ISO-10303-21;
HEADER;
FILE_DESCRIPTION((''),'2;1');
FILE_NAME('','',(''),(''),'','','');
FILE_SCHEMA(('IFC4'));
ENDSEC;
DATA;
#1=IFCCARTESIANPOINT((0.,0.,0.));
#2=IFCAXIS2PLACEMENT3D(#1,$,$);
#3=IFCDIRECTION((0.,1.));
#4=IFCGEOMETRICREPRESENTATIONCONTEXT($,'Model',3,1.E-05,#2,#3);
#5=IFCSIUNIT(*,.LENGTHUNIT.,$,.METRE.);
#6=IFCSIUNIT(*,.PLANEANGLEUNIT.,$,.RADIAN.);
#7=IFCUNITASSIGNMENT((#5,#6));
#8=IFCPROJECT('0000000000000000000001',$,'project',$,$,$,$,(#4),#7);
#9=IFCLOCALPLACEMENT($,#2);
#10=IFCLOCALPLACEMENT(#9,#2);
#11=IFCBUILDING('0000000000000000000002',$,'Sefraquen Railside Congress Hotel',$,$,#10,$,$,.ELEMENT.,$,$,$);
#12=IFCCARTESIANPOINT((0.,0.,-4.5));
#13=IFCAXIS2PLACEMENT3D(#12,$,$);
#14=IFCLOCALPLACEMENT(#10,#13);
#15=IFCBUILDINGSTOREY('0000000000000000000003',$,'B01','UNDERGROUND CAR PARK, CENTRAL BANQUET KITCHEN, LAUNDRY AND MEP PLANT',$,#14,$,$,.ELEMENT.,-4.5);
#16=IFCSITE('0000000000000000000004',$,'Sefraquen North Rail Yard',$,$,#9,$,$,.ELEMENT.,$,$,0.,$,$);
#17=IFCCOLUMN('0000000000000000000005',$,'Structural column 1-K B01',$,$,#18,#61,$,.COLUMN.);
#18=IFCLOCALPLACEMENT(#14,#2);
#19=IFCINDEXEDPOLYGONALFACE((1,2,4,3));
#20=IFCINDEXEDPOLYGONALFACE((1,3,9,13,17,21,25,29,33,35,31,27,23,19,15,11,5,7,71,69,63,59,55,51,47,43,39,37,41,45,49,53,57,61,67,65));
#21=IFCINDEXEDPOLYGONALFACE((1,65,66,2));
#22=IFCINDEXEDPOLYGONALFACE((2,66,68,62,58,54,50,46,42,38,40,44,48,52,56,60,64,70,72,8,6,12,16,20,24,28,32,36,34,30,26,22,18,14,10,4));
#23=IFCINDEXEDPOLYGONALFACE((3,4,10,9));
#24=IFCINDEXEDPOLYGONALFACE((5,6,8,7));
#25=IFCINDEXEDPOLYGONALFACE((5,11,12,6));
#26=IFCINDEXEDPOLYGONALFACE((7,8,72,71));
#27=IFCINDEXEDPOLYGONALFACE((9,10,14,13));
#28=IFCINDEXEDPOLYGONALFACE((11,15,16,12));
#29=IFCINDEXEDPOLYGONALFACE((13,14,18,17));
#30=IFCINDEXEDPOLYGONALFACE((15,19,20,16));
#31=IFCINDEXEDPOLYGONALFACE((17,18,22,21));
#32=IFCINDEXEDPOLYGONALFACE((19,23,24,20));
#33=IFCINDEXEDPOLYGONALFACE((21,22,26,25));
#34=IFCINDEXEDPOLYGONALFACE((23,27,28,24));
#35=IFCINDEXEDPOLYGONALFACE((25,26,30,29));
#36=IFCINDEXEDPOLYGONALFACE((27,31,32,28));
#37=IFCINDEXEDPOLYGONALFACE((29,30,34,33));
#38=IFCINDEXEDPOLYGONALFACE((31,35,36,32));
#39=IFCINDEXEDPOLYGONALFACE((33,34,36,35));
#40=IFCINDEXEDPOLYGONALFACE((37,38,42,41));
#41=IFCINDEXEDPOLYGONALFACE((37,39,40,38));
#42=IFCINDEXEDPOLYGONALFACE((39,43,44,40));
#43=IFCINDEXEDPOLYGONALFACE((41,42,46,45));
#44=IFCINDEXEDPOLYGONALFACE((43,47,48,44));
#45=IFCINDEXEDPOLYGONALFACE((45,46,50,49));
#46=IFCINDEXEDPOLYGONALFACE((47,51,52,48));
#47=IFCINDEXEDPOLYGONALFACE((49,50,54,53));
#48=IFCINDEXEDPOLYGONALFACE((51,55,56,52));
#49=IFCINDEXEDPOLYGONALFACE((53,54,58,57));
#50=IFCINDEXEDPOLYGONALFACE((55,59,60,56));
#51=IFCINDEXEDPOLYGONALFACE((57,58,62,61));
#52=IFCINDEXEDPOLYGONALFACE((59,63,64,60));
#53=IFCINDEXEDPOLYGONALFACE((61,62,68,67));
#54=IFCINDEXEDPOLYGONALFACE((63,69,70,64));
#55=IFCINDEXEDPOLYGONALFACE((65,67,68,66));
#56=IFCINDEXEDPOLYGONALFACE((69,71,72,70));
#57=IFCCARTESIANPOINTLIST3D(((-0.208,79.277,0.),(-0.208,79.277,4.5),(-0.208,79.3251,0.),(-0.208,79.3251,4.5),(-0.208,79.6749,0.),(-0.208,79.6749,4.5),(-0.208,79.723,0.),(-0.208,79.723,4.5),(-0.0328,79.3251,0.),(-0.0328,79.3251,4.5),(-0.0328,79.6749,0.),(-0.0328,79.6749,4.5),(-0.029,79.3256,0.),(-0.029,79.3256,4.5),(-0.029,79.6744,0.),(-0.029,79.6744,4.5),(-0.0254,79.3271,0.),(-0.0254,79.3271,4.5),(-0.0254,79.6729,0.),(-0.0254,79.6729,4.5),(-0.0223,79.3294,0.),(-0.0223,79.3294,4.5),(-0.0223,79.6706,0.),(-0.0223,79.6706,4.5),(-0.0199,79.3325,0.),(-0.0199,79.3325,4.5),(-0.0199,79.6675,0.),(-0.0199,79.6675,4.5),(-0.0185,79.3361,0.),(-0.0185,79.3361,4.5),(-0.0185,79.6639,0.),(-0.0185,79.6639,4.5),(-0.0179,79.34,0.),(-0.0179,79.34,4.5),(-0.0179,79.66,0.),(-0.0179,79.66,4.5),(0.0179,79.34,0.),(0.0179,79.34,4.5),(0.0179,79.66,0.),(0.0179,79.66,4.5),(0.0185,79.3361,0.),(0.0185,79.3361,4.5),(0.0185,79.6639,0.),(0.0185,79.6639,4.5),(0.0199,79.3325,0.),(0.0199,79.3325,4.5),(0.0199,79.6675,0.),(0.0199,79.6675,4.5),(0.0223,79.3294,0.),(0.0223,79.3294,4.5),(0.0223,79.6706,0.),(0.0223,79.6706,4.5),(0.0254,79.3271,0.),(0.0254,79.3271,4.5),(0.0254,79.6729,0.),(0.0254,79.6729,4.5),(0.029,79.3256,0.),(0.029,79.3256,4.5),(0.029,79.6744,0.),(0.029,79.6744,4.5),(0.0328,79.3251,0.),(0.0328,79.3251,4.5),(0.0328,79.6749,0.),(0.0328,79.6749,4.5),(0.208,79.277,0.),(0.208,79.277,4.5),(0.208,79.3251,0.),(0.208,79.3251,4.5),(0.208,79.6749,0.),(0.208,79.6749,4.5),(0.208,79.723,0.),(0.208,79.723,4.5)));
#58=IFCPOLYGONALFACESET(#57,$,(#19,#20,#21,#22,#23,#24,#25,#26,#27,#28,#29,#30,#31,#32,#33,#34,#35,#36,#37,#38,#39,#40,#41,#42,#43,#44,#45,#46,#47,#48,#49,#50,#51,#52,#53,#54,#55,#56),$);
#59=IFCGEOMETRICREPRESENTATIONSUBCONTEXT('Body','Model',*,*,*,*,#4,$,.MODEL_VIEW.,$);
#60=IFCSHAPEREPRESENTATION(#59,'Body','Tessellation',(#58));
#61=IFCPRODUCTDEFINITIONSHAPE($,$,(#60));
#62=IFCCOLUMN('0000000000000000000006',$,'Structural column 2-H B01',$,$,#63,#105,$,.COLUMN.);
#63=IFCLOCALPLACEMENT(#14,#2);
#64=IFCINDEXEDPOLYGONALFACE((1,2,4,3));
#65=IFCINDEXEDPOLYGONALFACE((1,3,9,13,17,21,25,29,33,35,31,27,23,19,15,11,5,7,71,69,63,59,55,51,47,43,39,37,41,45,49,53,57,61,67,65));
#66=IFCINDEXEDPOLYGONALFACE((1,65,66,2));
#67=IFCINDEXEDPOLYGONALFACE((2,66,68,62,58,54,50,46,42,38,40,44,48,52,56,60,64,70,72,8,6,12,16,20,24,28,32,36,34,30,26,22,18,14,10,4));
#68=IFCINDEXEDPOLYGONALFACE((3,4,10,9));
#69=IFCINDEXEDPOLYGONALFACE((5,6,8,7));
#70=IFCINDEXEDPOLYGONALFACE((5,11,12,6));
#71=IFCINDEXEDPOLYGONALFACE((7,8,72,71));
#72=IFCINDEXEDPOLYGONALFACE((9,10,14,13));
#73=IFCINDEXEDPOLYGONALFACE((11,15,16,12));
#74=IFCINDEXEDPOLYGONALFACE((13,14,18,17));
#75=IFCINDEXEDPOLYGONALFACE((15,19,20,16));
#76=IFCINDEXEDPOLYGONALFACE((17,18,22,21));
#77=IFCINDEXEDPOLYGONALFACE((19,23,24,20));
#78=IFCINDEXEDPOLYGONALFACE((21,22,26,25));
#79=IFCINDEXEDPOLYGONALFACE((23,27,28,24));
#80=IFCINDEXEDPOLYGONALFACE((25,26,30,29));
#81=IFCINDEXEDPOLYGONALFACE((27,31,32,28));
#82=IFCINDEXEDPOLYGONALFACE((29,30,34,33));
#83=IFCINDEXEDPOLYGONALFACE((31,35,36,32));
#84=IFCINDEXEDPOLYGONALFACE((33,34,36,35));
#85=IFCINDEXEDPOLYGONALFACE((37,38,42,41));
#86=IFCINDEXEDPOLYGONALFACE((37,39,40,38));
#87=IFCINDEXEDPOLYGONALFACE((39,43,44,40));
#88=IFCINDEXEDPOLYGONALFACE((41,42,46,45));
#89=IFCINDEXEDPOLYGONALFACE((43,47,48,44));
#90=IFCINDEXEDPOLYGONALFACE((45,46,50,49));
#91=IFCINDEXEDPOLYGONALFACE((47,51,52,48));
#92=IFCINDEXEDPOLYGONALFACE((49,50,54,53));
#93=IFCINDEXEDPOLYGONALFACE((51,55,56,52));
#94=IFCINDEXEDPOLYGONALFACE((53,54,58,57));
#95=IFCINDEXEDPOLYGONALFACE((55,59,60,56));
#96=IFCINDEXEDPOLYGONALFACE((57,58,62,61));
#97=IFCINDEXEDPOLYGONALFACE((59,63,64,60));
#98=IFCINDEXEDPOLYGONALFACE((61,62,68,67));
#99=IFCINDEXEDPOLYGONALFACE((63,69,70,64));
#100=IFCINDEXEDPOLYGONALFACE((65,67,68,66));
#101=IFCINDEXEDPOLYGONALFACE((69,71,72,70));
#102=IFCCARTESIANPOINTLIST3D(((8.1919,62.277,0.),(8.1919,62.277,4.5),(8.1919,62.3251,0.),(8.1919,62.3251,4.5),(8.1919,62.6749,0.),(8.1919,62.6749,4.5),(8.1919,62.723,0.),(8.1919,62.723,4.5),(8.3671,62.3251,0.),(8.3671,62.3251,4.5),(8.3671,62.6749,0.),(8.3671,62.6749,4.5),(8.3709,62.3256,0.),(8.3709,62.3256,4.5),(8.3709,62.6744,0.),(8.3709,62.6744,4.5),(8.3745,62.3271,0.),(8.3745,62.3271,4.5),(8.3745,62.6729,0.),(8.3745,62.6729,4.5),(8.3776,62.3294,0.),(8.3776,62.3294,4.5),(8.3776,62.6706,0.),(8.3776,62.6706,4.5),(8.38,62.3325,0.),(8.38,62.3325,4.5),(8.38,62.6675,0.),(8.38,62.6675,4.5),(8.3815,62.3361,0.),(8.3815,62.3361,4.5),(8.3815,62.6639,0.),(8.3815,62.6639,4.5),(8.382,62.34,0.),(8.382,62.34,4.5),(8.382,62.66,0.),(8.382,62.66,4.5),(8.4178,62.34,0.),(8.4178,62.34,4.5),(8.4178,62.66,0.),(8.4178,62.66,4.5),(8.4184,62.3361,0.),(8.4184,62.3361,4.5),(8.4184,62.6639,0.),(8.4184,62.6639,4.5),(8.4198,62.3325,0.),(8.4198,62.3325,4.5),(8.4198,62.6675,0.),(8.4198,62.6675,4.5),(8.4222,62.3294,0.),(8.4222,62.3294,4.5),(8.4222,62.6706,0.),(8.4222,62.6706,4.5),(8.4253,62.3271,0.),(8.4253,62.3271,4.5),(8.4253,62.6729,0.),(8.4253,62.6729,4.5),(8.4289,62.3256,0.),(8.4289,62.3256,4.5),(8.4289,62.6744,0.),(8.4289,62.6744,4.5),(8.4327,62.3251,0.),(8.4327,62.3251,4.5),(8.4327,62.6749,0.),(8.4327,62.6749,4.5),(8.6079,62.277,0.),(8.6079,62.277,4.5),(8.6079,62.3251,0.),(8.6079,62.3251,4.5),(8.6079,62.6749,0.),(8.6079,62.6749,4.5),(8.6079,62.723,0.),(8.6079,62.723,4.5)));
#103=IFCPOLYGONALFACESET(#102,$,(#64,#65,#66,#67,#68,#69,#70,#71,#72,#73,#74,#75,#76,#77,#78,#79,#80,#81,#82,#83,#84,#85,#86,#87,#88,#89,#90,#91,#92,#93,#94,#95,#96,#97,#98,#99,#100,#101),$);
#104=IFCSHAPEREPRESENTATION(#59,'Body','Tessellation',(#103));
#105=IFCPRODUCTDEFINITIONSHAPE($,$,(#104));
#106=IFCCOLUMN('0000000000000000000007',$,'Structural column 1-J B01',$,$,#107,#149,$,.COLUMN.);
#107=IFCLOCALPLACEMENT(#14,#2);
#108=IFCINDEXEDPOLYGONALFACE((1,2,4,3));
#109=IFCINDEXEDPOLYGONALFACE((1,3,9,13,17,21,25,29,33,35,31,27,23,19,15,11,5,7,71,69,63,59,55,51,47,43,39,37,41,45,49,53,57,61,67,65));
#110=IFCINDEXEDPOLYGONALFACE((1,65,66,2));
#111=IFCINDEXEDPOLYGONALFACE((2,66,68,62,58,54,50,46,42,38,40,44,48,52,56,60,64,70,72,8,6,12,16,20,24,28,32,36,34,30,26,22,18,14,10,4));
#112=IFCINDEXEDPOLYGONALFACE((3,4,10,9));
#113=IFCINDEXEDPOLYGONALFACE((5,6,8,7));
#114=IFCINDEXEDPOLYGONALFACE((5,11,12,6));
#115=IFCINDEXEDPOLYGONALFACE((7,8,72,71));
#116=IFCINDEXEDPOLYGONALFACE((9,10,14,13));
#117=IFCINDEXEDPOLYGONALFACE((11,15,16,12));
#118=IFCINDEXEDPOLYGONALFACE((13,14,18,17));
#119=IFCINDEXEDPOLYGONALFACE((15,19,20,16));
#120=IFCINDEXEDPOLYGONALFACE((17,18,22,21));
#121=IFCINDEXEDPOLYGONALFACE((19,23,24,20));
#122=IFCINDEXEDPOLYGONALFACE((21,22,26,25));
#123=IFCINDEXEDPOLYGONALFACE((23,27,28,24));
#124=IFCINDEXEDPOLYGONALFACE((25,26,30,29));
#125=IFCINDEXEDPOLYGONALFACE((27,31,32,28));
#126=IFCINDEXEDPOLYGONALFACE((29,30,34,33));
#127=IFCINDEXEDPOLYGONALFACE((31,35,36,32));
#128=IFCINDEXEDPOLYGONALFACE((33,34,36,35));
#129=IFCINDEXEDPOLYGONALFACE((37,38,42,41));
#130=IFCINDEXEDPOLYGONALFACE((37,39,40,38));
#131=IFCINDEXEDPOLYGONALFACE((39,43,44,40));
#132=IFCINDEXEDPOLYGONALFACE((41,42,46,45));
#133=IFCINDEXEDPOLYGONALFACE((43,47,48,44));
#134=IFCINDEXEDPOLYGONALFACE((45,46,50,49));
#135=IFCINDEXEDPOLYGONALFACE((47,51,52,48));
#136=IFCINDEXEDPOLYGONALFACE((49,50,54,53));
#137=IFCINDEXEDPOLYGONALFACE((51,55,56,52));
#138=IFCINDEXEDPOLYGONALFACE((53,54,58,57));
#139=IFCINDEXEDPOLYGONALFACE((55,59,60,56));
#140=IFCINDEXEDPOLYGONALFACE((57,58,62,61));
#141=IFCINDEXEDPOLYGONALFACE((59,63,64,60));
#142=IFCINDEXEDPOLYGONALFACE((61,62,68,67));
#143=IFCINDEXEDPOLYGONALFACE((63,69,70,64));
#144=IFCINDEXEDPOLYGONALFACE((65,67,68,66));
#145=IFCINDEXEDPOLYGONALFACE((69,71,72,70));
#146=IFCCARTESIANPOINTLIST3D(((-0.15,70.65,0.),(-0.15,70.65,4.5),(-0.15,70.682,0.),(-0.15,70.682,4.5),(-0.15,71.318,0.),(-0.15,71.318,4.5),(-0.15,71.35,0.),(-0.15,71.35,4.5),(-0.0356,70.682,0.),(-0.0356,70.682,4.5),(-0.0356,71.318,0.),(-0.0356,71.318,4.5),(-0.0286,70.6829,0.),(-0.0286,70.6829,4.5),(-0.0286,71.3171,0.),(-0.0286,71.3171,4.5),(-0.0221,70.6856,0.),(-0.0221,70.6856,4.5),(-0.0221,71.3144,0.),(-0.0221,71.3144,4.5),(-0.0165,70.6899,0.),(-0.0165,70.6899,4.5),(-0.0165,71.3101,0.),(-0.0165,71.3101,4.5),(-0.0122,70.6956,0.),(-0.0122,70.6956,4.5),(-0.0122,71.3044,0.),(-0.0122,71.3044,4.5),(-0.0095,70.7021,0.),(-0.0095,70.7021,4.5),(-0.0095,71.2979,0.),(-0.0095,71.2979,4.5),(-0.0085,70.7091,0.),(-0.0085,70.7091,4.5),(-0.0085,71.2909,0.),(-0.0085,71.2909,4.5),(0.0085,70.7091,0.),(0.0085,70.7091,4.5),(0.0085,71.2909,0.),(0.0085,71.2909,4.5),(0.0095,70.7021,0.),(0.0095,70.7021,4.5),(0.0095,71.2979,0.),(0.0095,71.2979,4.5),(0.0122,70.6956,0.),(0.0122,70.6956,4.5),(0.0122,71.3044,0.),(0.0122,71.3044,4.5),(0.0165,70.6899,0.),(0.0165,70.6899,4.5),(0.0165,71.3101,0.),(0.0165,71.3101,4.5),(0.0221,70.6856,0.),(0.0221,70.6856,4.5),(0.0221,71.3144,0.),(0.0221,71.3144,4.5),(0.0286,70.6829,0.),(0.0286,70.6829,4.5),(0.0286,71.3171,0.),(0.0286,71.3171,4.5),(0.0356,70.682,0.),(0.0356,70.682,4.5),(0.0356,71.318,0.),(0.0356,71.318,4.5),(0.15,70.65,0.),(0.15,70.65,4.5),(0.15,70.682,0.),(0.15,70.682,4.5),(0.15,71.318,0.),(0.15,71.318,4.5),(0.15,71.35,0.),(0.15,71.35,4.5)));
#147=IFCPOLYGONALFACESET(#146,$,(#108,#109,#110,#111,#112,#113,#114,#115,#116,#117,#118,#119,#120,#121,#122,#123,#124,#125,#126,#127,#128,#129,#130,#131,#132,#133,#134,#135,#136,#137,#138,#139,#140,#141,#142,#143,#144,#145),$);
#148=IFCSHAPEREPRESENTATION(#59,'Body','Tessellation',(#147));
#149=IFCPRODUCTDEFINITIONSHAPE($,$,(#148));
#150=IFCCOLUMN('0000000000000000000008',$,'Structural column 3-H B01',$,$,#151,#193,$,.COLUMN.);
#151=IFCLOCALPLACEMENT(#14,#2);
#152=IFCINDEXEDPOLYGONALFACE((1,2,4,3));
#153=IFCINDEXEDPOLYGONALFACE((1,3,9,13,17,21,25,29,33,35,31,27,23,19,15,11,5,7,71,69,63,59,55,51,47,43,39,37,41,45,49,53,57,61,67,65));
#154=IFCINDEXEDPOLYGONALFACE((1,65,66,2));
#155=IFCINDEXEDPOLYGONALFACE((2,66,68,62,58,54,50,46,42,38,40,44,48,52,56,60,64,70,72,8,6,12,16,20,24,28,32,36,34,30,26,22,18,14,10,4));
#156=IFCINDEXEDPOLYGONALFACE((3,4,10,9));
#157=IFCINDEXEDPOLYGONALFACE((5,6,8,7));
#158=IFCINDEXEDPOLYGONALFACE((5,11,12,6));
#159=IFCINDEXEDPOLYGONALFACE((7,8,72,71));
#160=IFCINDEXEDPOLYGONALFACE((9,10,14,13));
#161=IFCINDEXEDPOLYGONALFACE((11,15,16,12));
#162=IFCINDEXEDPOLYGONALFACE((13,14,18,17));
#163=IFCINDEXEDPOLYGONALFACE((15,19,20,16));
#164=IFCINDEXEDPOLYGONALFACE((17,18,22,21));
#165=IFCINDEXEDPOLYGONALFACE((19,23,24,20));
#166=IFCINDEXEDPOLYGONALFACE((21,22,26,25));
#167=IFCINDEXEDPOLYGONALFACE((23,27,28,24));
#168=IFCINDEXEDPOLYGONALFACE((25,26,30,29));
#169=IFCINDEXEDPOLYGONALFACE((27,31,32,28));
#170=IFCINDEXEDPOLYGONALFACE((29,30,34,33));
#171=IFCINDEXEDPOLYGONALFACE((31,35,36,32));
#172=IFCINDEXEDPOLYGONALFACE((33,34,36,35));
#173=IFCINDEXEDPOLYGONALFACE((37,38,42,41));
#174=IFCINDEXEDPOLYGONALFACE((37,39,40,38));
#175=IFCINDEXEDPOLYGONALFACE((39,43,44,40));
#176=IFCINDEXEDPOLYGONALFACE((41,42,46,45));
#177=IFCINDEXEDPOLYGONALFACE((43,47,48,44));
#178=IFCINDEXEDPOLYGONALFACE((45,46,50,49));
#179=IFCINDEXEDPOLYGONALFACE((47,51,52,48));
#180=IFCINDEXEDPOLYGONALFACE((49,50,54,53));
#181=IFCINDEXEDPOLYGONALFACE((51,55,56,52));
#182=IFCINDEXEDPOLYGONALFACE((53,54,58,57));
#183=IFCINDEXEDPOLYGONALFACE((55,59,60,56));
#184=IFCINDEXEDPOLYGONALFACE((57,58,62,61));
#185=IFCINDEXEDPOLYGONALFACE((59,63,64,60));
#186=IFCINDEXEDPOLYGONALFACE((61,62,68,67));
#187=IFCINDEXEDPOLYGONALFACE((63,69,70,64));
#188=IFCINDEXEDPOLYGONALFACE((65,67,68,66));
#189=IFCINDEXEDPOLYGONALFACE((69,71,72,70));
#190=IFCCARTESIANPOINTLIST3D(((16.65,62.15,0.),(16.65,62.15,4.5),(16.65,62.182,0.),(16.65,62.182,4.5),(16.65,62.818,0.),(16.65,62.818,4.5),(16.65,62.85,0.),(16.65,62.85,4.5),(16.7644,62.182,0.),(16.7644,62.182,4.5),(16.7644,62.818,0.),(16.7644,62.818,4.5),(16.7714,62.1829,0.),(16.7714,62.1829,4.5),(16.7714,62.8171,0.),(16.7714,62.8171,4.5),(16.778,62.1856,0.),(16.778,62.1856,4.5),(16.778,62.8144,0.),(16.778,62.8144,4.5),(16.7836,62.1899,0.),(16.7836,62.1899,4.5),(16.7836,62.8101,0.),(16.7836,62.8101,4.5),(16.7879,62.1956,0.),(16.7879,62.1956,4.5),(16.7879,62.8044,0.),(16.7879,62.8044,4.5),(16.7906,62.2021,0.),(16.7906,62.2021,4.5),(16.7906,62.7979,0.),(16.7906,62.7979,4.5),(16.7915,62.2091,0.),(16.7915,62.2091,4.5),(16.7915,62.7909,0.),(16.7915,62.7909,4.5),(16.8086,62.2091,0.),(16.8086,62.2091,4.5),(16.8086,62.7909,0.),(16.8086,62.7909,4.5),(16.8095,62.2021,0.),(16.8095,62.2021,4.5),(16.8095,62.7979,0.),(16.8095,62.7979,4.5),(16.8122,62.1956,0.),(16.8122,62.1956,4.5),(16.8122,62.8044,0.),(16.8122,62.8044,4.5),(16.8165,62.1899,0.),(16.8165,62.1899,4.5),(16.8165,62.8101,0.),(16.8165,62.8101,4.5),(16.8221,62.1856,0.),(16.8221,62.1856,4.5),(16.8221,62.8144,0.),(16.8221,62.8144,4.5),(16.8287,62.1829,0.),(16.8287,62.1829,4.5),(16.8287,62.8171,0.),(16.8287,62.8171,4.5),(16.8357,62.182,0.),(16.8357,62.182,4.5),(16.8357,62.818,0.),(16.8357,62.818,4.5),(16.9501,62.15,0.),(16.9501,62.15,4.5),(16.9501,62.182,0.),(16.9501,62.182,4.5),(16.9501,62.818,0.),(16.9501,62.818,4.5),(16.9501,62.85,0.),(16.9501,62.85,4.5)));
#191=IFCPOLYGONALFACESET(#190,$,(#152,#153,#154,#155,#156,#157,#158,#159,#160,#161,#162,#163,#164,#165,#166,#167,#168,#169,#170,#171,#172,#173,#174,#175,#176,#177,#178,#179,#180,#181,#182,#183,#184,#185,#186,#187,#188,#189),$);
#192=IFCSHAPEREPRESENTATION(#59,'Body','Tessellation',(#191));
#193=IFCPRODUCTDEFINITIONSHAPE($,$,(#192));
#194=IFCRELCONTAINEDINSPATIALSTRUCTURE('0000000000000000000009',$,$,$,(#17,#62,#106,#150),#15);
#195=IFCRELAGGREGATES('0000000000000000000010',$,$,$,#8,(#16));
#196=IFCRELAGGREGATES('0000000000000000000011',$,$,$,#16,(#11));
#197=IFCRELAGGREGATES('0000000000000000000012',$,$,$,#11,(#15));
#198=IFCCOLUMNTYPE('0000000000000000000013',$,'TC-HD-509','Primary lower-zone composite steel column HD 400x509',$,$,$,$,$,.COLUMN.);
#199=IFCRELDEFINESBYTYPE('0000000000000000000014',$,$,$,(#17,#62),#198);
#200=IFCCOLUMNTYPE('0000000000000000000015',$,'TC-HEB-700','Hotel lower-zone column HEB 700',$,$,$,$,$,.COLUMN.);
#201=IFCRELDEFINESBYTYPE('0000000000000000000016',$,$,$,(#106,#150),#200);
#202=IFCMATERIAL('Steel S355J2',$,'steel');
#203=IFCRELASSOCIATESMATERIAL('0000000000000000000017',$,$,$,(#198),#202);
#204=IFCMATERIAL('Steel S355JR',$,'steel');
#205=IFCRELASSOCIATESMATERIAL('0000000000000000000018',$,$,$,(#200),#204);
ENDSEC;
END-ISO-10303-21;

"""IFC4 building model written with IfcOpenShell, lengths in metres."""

from ifc_helpers import new_model, si_unit, direction, frame, origin, origin_2d, place, context, subcontext, project, spatial, i_section, extrude, material, material_profile, profile_set, type_object, element, save


model = new_model("IFC4")

# Units and contexts
model_context = context("Model", 3, precision=1e-05, world=origin(), true_north=direction((0.0, 1.0)))
body_context = subcontext(model_context, "Body", "Model", "MODEL_VIEW")
ifc_project = project(units=[si_unit("LENGTHUNIT", "METRE"), si_unit("PLANEANGLEUNIT", "RADIAN")], contexts=[model_context])

# Site, building, storey
site_placement = place(None, origin())
site = spatial("IfcSite", under=ifc_project, at=site_placement, Name="Sefraquen North Rail Yard", CompositionType="ELEMENT", RefElevation=0.0)
building_placement = place(site_placement, origin())
building = spatial("IfcBuilding", under=site, at=building_placement, Name="Sefraquen Railside Congress Hotel", CompositionType="ELEMENT")
storey_placement = place(building_placement, frame((0.0, 0.0, -4.5)))
storey = spatial("IfcBuildingStorey", under=building, at=storey_placement, Name="B01", Description="UNDERGROUND CAR PARK, CENTRAL BANQUET KITCHEN, LAUNDRY AND MEP PLANT", CompositionType="ELEMENT", Elevation=-4.5)

# Columns
ifc_material_1 = material(Name="Steel S355J2", Category="steel")
ifc_material_profile_1 = material_profile(ifc_material_1, i_section(OverallWidth=0.416, OverallDepth=0.446, WebThickness=0.0359, FlangeThickness=0.0481, FilletRadius=0.0149, at=origin_2d()), Name="HD 400x509")
ifc_profile_set_1 = profile_set([ifc_material_profile_1], Name="Steel S355J2")
column_type_1 = type_object("IfcColumnType", Name="TC-HD-509", Description="Primary lower-zone composite steel column HD 400x509", PredefinedType="COLUMN", material=ifc_profile_set_1)
for number, where, z_axis, x_axis, name in (
    (1, (0.0, 79.5, 0.0), (0.0, 0.0, 1.0), (1.0, 0.0, 0.0), "Structural column 1-K B01"),
    (2, (8.3999, 62.5, 0.0), (0.0, 0.0, 1.0), (1.0, 0.0, 0.0), "Structural column 2-H B01"),
):
    element("IfcColumn", number, at=place(storey_placement, frame(where, z_axis=z_axis, x_axis=x_axis)), inside=storey, type_object=column_type_1, Name=name, PredefinedType="COLUMN", context=body_context, shape_type="SweptSolid", body=[
        extrude(i_section(OverallWidth=0.416, OverallDepth=0.446, WebThickness=0.0359, FlangeThickness=0.0481, FilletRadius=0.0149, at=origin_2d()), origin(), (0.0, 0.0, 1.0), 4.5),
    ])
ifc_material_2 = material(Name="Steel S355JR", Category="steel")
ifc_material_profile_2 = material_profile(ifc_material_2, i_section(OverallWidth=0.3, OverallDepth=0.7, WebThickness=0.0171, FlangeThickness=0.032, FilletRadius=0.0271, at=origin_2d()), Name="HEB 700")
ifc_profile_set_2 = profile_set([ifc_material_profile_2], Name="Steel S355JR")
column_type_2 = type_object("IfcColumnType", Name="TC-HEB-700", Description="Hotel lower-zone column HEB 700", PredefinedType="COLUMN", material=ifc_profile_set_2)
for number, where, z_axis, x_axis, name in (
    (3, (0.0, 71.0, 0.0), (0.0, 0.0, 1.0), (1.0, 0.0, 0.0), "Structural column 1-J B01"),
    (4, (16.8, 62.5, 0.0), (0.0, 0.0, 1.0), (1.0, 0.0, 0.0), "Structural column 3-H B01"),
):
    element("IfcColumn", number, at=place(storey_placement, frame(where, z_axis=z_axis, x_axis=x_axis)), inside=storey, type_object=column_type_2, Name=name, PredefinedType="COLUMN", context=body_context, shape_type="SweptSolid", body=[
        extrude(i_section(OverallWidth=0.3, OverallDepth=0.7, WebThickness=0.0171, FlangeThickness=0.032, FilletRadius=0.0271, at=origin_2d()), origin(), (0.0, 0.0, 1.0), 4.5),
    ])

save(model, "model.ifc")
